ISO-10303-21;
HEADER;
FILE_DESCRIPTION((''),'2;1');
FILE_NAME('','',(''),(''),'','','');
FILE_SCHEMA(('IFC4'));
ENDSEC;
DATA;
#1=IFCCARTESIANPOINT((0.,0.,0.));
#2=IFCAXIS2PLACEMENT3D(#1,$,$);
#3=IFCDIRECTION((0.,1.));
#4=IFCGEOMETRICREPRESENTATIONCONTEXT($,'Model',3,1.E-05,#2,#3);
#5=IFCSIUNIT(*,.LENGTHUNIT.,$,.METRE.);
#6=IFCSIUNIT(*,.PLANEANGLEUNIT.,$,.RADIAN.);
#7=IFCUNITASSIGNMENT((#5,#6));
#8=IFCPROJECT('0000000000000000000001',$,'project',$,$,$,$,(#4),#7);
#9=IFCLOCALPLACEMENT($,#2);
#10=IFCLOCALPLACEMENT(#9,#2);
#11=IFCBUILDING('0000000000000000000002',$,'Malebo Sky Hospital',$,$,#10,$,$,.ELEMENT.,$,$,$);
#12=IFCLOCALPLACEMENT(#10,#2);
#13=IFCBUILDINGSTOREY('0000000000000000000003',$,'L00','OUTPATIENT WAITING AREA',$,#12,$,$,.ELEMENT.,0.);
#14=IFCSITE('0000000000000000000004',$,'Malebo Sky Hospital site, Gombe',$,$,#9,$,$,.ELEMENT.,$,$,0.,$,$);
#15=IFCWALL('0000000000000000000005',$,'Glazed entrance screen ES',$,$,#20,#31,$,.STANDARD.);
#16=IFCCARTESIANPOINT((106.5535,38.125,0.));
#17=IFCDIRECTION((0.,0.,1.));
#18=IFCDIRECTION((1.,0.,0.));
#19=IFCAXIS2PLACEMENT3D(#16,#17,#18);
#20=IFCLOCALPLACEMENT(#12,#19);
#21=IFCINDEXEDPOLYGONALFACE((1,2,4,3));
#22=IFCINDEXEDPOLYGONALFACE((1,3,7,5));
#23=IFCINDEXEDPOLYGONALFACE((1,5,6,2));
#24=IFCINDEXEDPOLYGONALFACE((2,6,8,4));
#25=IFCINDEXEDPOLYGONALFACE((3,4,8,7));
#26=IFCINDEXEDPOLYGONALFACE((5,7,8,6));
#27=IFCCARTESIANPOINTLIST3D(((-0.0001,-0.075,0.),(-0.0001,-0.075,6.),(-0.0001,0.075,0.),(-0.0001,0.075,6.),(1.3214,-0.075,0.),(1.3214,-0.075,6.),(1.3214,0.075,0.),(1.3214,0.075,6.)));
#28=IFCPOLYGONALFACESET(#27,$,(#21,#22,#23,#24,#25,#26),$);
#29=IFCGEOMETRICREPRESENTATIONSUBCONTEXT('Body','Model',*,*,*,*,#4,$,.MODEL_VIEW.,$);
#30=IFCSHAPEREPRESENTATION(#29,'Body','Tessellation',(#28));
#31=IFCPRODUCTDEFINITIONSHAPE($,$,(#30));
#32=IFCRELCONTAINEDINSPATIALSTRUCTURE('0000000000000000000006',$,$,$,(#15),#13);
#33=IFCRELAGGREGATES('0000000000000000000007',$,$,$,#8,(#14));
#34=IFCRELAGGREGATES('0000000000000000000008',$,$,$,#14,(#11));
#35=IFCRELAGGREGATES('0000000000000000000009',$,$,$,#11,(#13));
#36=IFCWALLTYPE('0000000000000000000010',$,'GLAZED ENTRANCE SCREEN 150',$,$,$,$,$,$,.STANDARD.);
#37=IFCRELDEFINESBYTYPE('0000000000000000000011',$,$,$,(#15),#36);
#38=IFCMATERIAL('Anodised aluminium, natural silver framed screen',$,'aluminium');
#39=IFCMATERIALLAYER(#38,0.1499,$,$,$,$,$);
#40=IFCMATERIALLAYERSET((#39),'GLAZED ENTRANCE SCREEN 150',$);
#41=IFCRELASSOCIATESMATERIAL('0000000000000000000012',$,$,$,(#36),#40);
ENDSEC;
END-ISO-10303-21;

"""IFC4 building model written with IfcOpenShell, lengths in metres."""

from ifc_helpers import new_model, si_unit, direction, frame, frame_2d, origin, place, context, subcontext, project, spatial, rectangle, extrude, material, layer, layer_set, type_object, element, save


model = new_model("IFC4")

# Units and contexts
model_context = context("Model", 3, precision=1e-05, world=origin(), true_north=direction((0.0, 1.0)))
body_context = subcontext(model_context, "Body", "Model", "MODEL_VIEW")
ifc_project = project(units=[si_unit("LENGTHUNIT", "METRE"), si_unit("PLANEANGLEUNIT", "RADIAN")], contexts=[model_context])

# Site, building, storey
site_placement = place(None, origin())
site = spatial("IfcSite", under=ifc_project, at=site_placement, Name="Malebo Sky Hospital site, Gombe", CompositionType="ELEMENT", RefElevation=0.0)
building_placement = place(site_placement, origin())
building = spatial("IfcBuilding", under=site, at=building_placement, Name="Malebo Sky Hospital", CompositionType="ELEMENT")
storey_placement = place(building_placement, origin())
storey = spatial("IfcBuildingStorey", under=building, at=storey_placement, Name="L00", Description="OUTPATIENT WAITING AREA", CompositionType="ELEMENT", Elevation=0.0)

# Wall
ifc_material_1 = material(Name="Anodised aluminium, natural silver framed screen", Category="aluminium")
ifc_layer_1 = layer(ifc_material_1, 0.1499)
ifc_layer_set_1 = layer_set([ifc_layer_1], Name="GLAZED ENTRANCE SCREEN 150")
wall_type_1 = type_object("IfcWallType", Name="GLAZED ENTRANCE SCREEN 150", PredefinedType="STANDARD", material=ifc_layer_set_1)
wall_1_placement = place(storey_placement, frame((106.5535, 38.125, 0.0), z_axis=(0.0, 0.0, 1.0), x_axis=(1.0, 0.0, 0.0)))
element("IfcWall", 1, at=wall_1_placement, inside=storey, type_object=wall_type_1, Name="Glazed entrance screen ES", PredefinedType="STANDARD", context=body_context, shape_type="SweptSolid", body=[
    extrude(rectangle(XDim=1.3215, YDim=0.1499, at=frame_2d((0.6606, 0.0))), origin(), (0.0, 0.0, 1.0), 6.0),
])

save(model, "model.ifc")
